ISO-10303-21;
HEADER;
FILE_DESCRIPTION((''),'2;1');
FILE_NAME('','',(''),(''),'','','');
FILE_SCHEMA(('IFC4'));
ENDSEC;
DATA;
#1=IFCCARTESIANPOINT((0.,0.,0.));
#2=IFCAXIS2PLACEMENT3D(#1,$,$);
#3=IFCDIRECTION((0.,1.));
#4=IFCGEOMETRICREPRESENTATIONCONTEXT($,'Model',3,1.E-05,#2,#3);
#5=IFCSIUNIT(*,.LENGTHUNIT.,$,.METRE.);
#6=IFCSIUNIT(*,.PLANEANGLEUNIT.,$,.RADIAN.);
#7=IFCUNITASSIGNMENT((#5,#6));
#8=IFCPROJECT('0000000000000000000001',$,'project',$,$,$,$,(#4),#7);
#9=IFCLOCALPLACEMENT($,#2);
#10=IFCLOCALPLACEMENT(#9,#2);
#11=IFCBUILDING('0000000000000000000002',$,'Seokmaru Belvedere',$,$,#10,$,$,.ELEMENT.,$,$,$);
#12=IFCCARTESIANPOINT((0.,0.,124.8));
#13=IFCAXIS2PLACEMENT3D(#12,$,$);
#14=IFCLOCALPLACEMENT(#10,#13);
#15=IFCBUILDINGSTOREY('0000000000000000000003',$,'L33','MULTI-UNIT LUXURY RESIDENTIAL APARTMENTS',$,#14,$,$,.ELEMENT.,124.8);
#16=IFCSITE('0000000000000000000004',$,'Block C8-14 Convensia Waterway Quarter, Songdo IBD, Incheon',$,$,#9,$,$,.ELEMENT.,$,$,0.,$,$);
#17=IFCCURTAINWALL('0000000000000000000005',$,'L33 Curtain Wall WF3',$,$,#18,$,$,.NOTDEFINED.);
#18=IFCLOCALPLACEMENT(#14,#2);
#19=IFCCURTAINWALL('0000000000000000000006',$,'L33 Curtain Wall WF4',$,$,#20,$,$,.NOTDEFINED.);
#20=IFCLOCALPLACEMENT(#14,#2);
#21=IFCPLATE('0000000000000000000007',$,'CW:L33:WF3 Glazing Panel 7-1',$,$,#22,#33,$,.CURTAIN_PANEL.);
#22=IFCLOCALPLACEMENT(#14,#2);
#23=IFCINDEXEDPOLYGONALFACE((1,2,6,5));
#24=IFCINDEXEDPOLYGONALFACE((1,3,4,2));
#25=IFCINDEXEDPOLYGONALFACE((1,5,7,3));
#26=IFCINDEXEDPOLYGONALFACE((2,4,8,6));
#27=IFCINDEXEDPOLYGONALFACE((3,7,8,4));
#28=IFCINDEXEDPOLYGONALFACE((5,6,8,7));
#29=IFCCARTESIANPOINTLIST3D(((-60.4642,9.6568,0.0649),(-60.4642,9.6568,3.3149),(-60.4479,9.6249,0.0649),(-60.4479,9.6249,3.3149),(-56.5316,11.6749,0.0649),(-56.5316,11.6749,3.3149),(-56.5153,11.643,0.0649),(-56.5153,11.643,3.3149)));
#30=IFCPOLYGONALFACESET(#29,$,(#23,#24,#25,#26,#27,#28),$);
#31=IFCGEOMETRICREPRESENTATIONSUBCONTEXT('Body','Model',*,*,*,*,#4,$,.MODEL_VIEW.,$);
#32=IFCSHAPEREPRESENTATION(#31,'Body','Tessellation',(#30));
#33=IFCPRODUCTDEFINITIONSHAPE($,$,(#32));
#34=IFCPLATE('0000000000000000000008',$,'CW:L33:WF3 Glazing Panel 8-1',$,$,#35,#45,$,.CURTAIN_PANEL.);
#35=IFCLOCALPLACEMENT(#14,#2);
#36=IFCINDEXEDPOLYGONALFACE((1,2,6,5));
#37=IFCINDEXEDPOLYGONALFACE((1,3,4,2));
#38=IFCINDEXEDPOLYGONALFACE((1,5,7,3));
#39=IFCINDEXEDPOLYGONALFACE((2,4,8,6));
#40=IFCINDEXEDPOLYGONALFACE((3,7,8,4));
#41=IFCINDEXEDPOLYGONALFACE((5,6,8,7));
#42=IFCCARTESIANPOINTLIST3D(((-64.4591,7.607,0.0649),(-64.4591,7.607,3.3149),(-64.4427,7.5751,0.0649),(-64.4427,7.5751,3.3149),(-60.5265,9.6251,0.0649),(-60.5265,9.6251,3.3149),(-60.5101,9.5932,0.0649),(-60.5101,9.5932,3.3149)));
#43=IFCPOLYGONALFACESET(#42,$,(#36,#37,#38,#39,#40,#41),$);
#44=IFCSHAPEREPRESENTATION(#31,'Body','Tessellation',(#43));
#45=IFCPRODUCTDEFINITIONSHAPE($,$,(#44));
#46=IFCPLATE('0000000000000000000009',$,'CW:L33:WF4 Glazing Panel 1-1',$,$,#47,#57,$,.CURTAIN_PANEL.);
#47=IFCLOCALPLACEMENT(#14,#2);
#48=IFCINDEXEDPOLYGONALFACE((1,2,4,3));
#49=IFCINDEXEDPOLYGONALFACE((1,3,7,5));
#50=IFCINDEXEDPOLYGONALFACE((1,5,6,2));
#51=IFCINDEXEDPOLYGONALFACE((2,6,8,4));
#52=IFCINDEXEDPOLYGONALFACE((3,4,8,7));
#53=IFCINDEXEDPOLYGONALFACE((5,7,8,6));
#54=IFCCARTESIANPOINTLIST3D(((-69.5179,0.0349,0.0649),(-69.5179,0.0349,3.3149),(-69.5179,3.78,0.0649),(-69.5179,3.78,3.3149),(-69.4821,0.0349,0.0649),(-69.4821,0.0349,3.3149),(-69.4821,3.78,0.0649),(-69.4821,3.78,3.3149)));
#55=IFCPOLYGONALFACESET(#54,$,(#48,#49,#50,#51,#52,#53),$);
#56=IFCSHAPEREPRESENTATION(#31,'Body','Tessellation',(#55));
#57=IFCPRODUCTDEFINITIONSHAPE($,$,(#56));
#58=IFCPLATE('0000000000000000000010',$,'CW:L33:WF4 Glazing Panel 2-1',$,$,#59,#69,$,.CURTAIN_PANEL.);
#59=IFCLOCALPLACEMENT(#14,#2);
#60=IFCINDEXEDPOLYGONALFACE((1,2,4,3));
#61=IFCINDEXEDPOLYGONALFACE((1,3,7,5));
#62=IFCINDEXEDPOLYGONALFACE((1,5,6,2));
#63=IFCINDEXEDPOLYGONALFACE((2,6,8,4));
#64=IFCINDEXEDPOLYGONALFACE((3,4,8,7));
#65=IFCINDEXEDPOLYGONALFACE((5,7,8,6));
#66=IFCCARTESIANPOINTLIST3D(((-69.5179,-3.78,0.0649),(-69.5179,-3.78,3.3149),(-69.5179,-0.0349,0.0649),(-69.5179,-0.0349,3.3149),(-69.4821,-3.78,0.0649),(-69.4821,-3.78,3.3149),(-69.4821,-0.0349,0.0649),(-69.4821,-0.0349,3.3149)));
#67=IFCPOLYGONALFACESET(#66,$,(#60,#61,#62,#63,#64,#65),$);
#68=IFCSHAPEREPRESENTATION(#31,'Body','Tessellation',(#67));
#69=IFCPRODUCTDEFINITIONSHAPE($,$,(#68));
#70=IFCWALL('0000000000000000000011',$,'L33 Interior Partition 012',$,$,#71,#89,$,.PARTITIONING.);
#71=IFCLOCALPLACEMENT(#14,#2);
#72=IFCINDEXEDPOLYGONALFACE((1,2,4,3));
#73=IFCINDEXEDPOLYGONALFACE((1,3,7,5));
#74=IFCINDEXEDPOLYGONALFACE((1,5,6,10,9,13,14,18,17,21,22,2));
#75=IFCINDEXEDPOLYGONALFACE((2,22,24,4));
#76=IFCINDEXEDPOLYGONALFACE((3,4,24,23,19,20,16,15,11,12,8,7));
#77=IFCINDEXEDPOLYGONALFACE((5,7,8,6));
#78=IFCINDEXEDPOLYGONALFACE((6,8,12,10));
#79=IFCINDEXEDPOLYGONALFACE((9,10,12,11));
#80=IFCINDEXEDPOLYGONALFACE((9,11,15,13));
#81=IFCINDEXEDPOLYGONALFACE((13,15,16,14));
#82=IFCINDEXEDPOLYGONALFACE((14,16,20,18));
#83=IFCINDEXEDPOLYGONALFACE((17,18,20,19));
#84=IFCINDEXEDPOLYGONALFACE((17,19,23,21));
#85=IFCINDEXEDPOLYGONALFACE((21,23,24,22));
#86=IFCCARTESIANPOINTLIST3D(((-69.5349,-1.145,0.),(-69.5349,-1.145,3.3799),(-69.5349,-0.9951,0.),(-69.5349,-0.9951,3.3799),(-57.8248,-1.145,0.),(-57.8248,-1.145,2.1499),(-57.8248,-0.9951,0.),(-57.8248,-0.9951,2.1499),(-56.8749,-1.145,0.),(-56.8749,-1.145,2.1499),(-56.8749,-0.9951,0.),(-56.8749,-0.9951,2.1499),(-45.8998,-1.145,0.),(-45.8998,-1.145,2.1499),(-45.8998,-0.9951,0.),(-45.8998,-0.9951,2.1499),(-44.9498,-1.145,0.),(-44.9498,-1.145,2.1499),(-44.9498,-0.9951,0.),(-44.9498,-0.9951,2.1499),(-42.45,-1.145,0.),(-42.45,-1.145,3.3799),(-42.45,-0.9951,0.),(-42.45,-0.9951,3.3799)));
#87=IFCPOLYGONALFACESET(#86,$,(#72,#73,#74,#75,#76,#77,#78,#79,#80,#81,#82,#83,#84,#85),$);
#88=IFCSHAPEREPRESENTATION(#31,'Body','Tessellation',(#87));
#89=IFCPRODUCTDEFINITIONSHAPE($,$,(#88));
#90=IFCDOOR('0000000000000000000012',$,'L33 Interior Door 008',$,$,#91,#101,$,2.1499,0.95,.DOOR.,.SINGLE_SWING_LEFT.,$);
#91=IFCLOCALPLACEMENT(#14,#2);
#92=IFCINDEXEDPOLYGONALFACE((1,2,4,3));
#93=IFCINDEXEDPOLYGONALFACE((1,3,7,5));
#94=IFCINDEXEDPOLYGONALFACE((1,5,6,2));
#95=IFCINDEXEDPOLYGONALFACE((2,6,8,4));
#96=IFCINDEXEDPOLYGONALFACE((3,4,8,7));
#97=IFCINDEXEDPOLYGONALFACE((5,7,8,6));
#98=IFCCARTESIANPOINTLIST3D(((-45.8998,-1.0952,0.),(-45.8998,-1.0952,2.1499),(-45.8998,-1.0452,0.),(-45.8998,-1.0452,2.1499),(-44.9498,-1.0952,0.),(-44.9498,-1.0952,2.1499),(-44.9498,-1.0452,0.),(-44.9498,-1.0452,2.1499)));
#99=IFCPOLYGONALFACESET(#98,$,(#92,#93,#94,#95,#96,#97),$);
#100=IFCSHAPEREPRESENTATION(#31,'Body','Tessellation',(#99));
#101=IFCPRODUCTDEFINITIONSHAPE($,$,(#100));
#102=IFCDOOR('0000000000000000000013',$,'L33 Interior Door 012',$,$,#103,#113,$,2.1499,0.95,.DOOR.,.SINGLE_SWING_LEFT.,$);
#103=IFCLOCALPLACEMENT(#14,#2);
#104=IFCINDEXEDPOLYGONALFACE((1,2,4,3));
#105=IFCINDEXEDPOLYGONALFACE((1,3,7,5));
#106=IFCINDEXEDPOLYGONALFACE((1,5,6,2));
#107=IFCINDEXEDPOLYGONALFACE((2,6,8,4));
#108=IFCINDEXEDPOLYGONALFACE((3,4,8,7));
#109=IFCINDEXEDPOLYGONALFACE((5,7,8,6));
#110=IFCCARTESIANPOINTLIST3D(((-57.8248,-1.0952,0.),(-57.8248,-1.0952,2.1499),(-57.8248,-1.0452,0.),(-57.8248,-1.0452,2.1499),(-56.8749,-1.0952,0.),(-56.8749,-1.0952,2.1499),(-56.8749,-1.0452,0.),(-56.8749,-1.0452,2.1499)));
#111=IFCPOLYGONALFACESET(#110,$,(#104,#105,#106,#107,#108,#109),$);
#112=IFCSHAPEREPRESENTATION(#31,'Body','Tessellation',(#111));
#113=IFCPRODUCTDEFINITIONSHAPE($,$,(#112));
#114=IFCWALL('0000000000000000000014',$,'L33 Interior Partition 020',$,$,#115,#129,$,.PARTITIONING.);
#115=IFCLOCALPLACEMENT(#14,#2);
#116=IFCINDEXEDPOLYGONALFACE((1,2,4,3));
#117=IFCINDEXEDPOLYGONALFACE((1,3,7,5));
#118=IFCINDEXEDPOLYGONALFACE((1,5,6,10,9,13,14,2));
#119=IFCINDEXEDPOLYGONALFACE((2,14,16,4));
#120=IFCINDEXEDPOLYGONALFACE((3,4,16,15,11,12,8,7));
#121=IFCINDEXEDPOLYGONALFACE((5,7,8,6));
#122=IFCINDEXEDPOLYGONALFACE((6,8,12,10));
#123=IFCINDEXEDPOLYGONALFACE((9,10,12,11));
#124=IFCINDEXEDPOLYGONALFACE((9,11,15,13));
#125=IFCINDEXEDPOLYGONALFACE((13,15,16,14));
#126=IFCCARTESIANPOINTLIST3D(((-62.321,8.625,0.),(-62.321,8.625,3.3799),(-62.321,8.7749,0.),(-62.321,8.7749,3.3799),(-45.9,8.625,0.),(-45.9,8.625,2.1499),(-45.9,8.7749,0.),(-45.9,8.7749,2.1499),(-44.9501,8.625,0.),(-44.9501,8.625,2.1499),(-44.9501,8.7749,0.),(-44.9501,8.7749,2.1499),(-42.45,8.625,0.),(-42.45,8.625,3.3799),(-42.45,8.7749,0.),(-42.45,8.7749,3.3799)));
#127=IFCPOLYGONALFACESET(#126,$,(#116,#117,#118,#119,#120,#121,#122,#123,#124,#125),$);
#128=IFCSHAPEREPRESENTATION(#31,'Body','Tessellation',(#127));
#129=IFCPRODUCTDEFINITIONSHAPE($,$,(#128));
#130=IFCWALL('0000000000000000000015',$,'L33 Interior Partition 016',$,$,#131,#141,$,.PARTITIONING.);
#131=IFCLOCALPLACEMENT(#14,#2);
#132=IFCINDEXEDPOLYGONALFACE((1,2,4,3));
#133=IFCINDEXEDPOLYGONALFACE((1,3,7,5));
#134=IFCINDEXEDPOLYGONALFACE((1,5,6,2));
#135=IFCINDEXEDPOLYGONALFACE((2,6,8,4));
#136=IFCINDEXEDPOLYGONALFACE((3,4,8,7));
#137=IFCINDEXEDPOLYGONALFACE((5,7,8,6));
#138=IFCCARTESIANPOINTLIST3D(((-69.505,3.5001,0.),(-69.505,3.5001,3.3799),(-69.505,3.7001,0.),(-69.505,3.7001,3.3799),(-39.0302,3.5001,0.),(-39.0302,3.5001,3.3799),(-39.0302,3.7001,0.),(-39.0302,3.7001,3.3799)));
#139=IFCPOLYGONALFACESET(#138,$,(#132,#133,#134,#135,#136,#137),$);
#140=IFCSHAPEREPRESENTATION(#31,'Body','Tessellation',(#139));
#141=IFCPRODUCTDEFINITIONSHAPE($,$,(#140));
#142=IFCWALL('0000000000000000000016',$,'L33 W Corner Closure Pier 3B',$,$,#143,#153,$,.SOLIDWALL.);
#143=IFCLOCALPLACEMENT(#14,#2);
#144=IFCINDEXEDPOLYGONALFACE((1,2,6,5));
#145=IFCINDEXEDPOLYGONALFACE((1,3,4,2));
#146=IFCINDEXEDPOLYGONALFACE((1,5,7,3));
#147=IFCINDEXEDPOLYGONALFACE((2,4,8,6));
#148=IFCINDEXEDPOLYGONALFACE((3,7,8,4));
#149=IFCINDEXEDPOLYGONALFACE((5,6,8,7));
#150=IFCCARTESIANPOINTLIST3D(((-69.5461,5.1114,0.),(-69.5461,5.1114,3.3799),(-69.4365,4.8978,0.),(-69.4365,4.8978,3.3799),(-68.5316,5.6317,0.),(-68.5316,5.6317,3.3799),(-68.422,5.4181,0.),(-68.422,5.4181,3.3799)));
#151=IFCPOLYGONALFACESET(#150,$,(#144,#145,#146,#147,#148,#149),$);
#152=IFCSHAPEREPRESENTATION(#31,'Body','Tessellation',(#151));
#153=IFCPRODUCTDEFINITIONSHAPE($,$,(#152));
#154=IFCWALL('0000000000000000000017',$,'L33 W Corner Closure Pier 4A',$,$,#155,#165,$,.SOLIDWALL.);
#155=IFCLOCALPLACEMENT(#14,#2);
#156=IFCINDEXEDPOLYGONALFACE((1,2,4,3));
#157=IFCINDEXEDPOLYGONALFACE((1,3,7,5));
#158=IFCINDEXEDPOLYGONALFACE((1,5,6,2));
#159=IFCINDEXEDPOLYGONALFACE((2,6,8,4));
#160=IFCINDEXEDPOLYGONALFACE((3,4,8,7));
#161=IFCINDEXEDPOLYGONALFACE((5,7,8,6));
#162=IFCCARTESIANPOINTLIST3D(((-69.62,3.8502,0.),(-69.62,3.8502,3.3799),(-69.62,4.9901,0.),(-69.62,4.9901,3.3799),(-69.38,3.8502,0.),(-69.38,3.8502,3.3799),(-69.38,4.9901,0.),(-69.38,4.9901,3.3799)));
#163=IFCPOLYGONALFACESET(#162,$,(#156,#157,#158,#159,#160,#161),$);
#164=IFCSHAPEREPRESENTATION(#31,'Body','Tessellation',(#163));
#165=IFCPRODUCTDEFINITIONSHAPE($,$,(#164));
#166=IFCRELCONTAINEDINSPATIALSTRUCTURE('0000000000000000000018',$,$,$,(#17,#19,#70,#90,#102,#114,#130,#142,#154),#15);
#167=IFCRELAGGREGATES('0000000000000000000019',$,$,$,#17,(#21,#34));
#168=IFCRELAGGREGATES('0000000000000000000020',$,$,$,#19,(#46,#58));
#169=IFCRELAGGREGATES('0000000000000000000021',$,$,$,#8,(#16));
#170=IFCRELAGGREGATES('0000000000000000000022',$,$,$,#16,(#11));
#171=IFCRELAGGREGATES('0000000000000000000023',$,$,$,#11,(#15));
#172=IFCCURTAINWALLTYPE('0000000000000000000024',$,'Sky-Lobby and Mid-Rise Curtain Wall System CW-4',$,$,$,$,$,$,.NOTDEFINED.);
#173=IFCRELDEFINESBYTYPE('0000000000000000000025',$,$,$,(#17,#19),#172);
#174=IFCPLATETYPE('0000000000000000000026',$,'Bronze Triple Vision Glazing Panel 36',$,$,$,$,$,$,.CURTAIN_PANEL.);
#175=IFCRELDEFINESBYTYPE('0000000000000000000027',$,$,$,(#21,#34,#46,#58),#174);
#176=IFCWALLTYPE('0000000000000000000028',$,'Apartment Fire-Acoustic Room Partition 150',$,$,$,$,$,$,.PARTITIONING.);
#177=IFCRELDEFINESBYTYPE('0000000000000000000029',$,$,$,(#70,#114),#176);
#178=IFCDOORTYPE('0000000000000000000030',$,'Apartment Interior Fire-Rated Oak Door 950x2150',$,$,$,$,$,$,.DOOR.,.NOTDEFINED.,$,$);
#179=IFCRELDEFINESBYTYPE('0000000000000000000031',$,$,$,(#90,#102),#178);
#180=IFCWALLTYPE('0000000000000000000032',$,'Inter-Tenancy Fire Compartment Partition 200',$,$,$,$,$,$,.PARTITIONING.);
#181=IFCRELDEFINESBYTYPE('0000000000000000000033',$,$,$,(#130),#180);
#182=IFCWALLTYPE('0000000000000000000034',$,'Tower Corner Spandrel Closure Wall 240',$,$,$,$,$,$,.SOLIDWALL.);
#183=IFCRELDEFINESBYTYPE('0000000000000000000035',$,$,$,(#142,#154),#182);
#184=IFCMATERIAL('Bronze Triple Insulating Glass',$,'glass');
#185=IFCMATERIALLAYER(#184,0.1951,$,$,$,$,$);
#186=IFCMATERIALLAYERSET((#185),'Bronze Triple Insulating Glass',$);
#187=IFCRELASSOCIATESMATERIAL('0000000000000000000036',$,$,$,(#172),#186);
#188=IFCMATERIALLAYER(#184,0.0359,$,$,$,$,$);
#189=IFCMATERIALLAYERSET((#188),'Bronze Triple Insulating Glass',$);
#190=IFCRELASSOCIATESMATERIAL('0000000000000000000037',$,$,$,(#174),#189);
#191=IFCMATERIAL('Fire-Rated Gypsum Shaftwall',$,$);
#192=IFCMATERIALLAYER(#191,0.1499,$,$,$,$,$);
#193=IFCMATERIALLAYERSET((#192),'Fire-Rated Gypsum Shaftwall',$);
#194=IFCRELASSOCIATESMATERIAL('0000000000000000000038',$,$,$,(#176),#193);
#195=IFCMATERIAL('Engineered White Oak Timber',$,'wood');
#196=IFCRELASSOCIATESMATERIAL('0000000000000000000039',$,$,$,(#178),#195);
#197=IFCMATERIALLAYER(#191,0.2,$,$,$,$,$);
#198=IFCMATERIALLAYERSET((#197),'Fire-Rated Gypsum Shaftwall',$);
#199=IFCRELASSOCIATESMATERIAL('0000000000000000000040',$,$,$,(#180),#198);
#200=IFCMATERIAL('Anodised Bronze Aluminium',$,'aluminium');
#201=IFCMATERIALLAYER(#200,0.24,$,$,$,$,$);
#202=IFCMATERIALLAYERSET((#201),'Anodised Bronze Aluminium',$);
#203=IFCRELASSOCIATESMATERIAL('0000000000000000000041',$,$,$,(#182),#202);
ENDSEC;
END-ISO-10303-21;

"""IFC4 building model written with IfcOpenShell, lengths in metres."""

from ifc_helpers import new_model, si_unit, direction, frame, frame_2d, origin, origin_2d, place, context, subcontext, project, spatial, rectangle, extrude, source, transform, mapped, material, layer, layer_set, type_object, type_shapes, element, fill, aggregate, save


model = new_model("IFC4")

# Units and contexts
model_context = context("Model", 3, precision=1e-05, world=origin(), true_north=direction((0.0, 1.0)))
body_context = subcontext(model_context, "Body", "Model", "MODEL_VIEW")
ifc_project = project(units=[si_unit("LENGTHUNIT", "METRE"), si_unit("PLANEANGLEUNIT", "RADIAN")], contexts=[model_context])

# Site, building, storey
site_placement = place(None, origin())
site = spatial("IfcSite", under=ifc_project, at=site_placement, Name="Block C8-14 Convensia Waterway Quarter, Songdo IBD, Incheon", CompositionType="ELEMENT", RefElevation=0.0)
building_placement = place(site_placement, origin())
building = spatial("IfcBuilding", under=site, at=building_placement, Name="Seokmaru Belvedere", CompositionType="ELEMENT")
storey_placement = place(building_placement, frame((0.0, 0.0, 124.8)))
storey = spatial("IfcBuildingStorey", under=building, at=storey_placement, Name="L33", Description="MULTI-UNIT LUXURY RESIDENTIAL APARTMENTS", CompositionType="ELEMENT", Elevation=124.8)

# Curtain walls
ifc_material_1 = material(Name="Bronze Triple Insulating Glass", Category="glass")
ifc_layer_1 = layer(ifc_material_1, 0.1951)
ifc_layer_set_1 = layer_set([ifc_layer_1], Name="Bronze Triple Insulating Glass")
curtain_wall_type = type_object("IfcCurtainWallType", Name="Sky-Lobby and Mid-Rise Curtain Wall System CW-4", PredefinedType="NOTDEFINED", material=ifc_layer_set_1)
curtain_wall_1_placement = place(storey_placement, origin())
curtain_wall_1 = element("IfcCurtainWall", 1, at=curtain_wall_1_placement, inside=storey, type_object=curtain_wall_type, Name="L33 Curtain Wall WF3", PredefinedType="NOTDEFINED")
ifc_material_2 = material(Name="Anodised Bronze Aluminium", Category="aluminium")
curtain_wall_2_placement = place(storey_placement, origin())
curtain_wall_2 = element("IfcCurtainWall", 2, at=curtain_wall_2_placement, inside=storey, type_object=curtain_wall_type, Name="L33 Curtain Wall WF4", PredefinedType="NOTDEFINED")

# Plates
ifc_layer_2 = layer(ifc_material_1, 0.0359)
ifc_layer_set_2 = layer_set([ifc_layer_2], Name="Bronze Triple Insulating Glass")
plate_type = type_object("IfcPlateType", Name="Bronze Triple Vision Glazing Panel 36", PredefinedType="CURTAIN_PANEL", material=ifc_layer_set_2)
shared_shape_1 = source(origin(), body_context, "Body", "SweptSolid", [
    extrude(rectangle(XDim=4.4202, YDim=0.0359, at=origin_2d()), origin(), (0.0, 0.0, 1.0), 3.25),
])
plate_1_placement = place(storey_placement, frame((-58.4897, 10.6499, 0.0649), z_axis=(0.0, 0.0, 1.0), x_axis=(-0.889695, -0.456555, 0.0)))
plate_1 = element("IfcPlate", 3, at=plate_1_placement, type_object=plate_type, Name="CW:L33:WF3 Glazing Panel 7-1", PredefinedType="CURTAIN_PANEL", context=body_context, shape_type="MappedRepresentation", body=[
    mapped(shared_shape_1, transform((0.0, 0.0, 0.0), scale=1.0)),
])
plate_2_placement = place(storey_placement, frame((-62.4846, 8.6001, 0.0649), z_axis=(0.0, 0.0, 1.0), x_axis=(-0.889695, -0.456555, 0.0)))
plate_2 = element("IfcPlate", 4, at=plate_2_placement, type_object=plate_type, Name="CW:L33:WF3 Glazing Panel 8-1", PredefinedType="CURTAIN_PANEL", context=body_context, shape_type="MappedRepresentation", body=[
    mapped(shared_shape_1, transform((0.0, 0.0, 0.0), scale=1.0)),
])
aggregate(curtain_wall_1, [plate_1, plate_2])
shared_shape_2 = source(origin(), body_context, "Body", "SweptSolid", [
    extrude(rectangle(XDim=3.7451, YDim=0.0359, at=origin_2d()), origin(), (0.0, 0.0, 1.0), 3.25),
])
plate_3_placement = place(storey_placement, frame((-69.5, 1.9075, 0.0649), z_axis=(0.0, 0.0, 1.0), x_axis=(0.0, -1.0, 0.0)))
plate_3 = element("IfcPlate", 5, at=plate_3_placement, type_object=plate_type, Name="CW:L33:WF4 Glazing Panel 1-1", PredefinedType="CURTAIN_PANEL", context=body_context, shape_type="MappedRepresentation", body=[
    mapped(shared_shape_2, transform((0.0, 0.0, 0.0), scale=1.0)),
])
plate_4_placement = place(storey_placement, frame((-69.5, -1.9075, 0.0649), z_axis=(0.0, 0.0, 1.0), x_axis=(0.0, -1.0, 0.0)))
plate_4 = element("IfcPlate", 6, at=plate_4_placement, type_object=plate_type, Name="CW:L33:WF4 Glazing Panel 2-1", PredefinedType="CURTAIN_PANEL", context=body_context, shape_type="MappedRepresentation", body=[
    mapped(shared_shape_2, transform((0.0, 0.0, 0.0), scale=1.0)),
])
aggregate(curtain_wall_2, [plate_3, plate_4])

# Wall, openings, doors
ifc_material_3 = material(Name="Fire-Rated Gypsum Shaftwall")
ifc_layer_3 = layer(ifc_material_3, 0.1499)
ifc_layer_set_3 = layer_set([ifc_layer_3], Name="Fire-Rated Gypsum Shaftwall")
wall_type_1 = type_object("IfcWallType", Name="Apartment Fire-Acoustic Room Partition 150", PredefinedType="PARTITIONING", material=ifc_layer_set_3)
wall_1_placement = place(storey_placement, frame((-69.5349, -1.0701, 0.0), z_axis=(0.0, 0.0, 1.0), x_axis=(1.0, 0.0, 0.0)))
wall_1 = element("IfcWall", 7, at=wall_1_placement, inside=storey, type_object=wall_type_1, Name="L33 Interior Partition 012", PredefinedType="PARTITIONING", context=body_context, shape_type="SweptSolid", body=[
    extrude(rectangle(XDim=27.085, YDim=0.1499, at=frame_2d((13.5425, 0.0))), origin(), (0.0, 0.0, 1.0), 3.3799),
])
opening_1_placement = place(wall_1_placement, frame((23.635, 0.0, 0.0)))
opening_1 = element("IfcOpeningElement", 8, at=opening_1_placement, cuts=wall_1, PredefinedType="OPENING", context=body_context, shape_type="SweptSolid", body=[
    extrude(rectangle(XDim=0.95, YDim=2.1499, at=frame_2d((0.4751, 1.075))), frame((0.0, 0.085, 0.0), z_axis=(0.0, -1.0, 0.0), x_axis=(1.0, 0.0, 0.0)), (0.0, 0.0, 1.0), 0.1699),
])
opening_2_placement = place(wall_1_placement, frame((11.71, 0.0, 0.0)))
opening_2 = element("IfcOpeningElement", 9, at=opening_2_placement, cuts=wall_1, PredefinedType="OPENING", context=body_context, shape_type="SweptSolid", body=[
    extrude(rectangle(XDim=0.95, YDim=2.1499, at=frame_2d((0.4751, 1.075))), frame((0.0, 0.085, 0.0), z_axis=(0.0, -1.0, 0.0), x_axis=(1.0, 0.0, 0.0)), (0.0, 0.0, 1.0), 0.1699),
])
ifc_material_4 = material(Name="Engineered White Oak Timber", Category="wood")
door_type = type_object("IfcDoorType", Name="Apartment Interior Fire-Rated Oak Door 950x2150", OperationType="NOTDEFINED", PredefinedType="DOOR", material=ifc_material_4)
shared_shape_3 = source(origin(), body_context, "Body", "SweptSolid", [
    extrude(rectangle(XDim=0.95, YDim=2.1499, at=frame_2d((0.4751, 1.075))), frame((0.0, 0.0249, 0.0), z_axis=(0.0, -1.0, 0.0), x_axis=(1.0, 0.0, 0.0)), (0.0, 0.0, 1.0), 0.05),
])
type_shapes(door_type, [shared_shape_3])
door_1_placement = place(opening_1_placement, origin())
door_1 = element("IfcDoor", 10, at=door_1_placement, inside=storey, type_object=door_type, Name="L33 Interior Door 008", OperationType="SINGLE_SWING_LEFT", OverallHeight=2.1499, OverallWidth=0.95, PredefinedType="DOOR", context=body_context, shape_type="MappedRepresentation", body=[
    mapped(shared_shape_3, transform((0.0, 0.0, 0.0), scale=1.0)),
])
fill(opening_1, door_1)
door_2_placement = place(opening_2_placement, origin())
door_2 = element("IfcDoor", 11, at=door_2_placement, inside=storey, type_object=door_type, Name="L33 Interior Door 012", OperationType="SINGLE_SWING_LEFT", OverallHeight=2.1499, OverallWidth=0.95, PredefinedType="DOOR", context=body_context, shape_type="MappedRepresentation", body=[
    mapped(shared_shape_3, transform((0.0, 0.0, 0.0), scale=1.0)),
])
fill(opening_2, door_2)

# Wall, opening
wall_2_placement = place(storey_placement, frame((-62.321, 8.7, 0.0), z_axis=(0.0, 0.0, 1.0), x_axis=(1.0, 0.0, 0.0)))
wall_2 = element("IfcWall", 12, at=wall_2_placement, inside=storey, type_object=wall_type_1, Name="L33 Interior Partition 020", PredefinedType="PARTITIONING", context=body_context, shape_type="SweptSolid", body=[
    extrude(rectangle(XDim=19.8711, YDim=0.1499, at=frame_2d((9.9355, 0.0))), origin(), (0.0, 0.0, 1.0), 3.3799),
])
opening_3_placement = place(wall_2_placement, frame((16.4209, 0.0, 0.0)))
element("IfcOpeningElement", 13, at=opening_3_placement, cuts=wall_2, PredefinedType="OPENING", context=body_context, shape_type="SweptSolid", body=[
    extrude(rectangle(XDim=0.95, YDim=2.1499, at=frame_2d((0.4751, 1.075))), frame((0.0, 0.085, 0.0), z_axis=(0.0, -1.0, 0.0), x_axis=(1.0, 0.0, 0.0)), (0.0, 0.0, 1.0), 0.1699),
])

# Walls
ifc_layer_4 = layer(ifc_material_3, 0.2)
ifc_layer_set_4 = layer_set([ifc_layer_4], Name="Fire-Rated Gypsum Shaftwall")
wall_type_2 = type_object("IfcWallType", Name="Inter-Tenancy Fire Compartment Partition 200", PredefinedType="PARTITIONING", material=ifc_layer_set_4)
wall_3_placement = place(storey_placement, frame((-69.5049, 3.6001, 0.0), z_axis=(0.0, 0.0, 1.0), x_axis=(1.0, 0.0, 0.0)))
element("IfcWall", 14, at=wall_3_placement, inside=storey, type_object=wall_type_2, Name="L33 Interior Partition 016", PredefinedType="PARTITIONING", context=body_context, shape_type="SweptSolid", body=[
    extrude(rectangle(XDim=30.4749, YDim=0.2, at=frame_2d((15.2373, 0.0))), origin(), (0.0, 0.0, 1.0), 3.3799),
])
ifc_layer_5 = layer(ifc_material_2, 0.24)
ifc_layer_set_5 = layer_set([ifc_layer_5], Name="Anodised Bronze Aluminium")
wall_type_3 = type_object("IfcWallType", Name="Tower Corner Spandrel Closure Wall 240", PredefinedType="SOLIDWALL", material=ifc_layer_set_5)
wall_4_placement = place(storey_placement, frame((-68.4768, 5.5249, 0.0), z_axis=(0.0, 0.0, 1.0), x_axis=(-0.889797, -0.456356, 0.0)))
element("IfcWall", 15, at=wall_4_placement, inside=storey, type_object=wall_type_3, Name="L33 W Corner Closure Pier 3B", PredefinedType="SOLIDWALL", context=body_context, shape_type="SweptSolid", body=[
    extrude(rectangle(XDim=1.1401, YDim=0.24, at=frame_2d((0.5701, 0.0))), origin(), (0.0, 0.0, 1.0), 3.3799),
])
wall_5_placement = place(storey_placement, frame((-69.5, 4.99, 0.0), z_axis=(0.0, 0.0, 1.0), x_axis=(0.0, -1.0, 0.0)))
element("IfcWall", 16, at=wall_5_placement, inside=storey, type_object=wall_type_3, Name="L33 W Corner Closure Pier 4A", PredefinedType="SOLIDWALL", context=body_context, shape_type="SweptSolid", body=[
    extrude(rectangle(XDim=1.1399, YDim=0.24, at=frame_2d((0.5698, 0.0))), origin(), (0.0, 0.0, 1.0), 3.3799),
])

save(model, "model.ifc")
